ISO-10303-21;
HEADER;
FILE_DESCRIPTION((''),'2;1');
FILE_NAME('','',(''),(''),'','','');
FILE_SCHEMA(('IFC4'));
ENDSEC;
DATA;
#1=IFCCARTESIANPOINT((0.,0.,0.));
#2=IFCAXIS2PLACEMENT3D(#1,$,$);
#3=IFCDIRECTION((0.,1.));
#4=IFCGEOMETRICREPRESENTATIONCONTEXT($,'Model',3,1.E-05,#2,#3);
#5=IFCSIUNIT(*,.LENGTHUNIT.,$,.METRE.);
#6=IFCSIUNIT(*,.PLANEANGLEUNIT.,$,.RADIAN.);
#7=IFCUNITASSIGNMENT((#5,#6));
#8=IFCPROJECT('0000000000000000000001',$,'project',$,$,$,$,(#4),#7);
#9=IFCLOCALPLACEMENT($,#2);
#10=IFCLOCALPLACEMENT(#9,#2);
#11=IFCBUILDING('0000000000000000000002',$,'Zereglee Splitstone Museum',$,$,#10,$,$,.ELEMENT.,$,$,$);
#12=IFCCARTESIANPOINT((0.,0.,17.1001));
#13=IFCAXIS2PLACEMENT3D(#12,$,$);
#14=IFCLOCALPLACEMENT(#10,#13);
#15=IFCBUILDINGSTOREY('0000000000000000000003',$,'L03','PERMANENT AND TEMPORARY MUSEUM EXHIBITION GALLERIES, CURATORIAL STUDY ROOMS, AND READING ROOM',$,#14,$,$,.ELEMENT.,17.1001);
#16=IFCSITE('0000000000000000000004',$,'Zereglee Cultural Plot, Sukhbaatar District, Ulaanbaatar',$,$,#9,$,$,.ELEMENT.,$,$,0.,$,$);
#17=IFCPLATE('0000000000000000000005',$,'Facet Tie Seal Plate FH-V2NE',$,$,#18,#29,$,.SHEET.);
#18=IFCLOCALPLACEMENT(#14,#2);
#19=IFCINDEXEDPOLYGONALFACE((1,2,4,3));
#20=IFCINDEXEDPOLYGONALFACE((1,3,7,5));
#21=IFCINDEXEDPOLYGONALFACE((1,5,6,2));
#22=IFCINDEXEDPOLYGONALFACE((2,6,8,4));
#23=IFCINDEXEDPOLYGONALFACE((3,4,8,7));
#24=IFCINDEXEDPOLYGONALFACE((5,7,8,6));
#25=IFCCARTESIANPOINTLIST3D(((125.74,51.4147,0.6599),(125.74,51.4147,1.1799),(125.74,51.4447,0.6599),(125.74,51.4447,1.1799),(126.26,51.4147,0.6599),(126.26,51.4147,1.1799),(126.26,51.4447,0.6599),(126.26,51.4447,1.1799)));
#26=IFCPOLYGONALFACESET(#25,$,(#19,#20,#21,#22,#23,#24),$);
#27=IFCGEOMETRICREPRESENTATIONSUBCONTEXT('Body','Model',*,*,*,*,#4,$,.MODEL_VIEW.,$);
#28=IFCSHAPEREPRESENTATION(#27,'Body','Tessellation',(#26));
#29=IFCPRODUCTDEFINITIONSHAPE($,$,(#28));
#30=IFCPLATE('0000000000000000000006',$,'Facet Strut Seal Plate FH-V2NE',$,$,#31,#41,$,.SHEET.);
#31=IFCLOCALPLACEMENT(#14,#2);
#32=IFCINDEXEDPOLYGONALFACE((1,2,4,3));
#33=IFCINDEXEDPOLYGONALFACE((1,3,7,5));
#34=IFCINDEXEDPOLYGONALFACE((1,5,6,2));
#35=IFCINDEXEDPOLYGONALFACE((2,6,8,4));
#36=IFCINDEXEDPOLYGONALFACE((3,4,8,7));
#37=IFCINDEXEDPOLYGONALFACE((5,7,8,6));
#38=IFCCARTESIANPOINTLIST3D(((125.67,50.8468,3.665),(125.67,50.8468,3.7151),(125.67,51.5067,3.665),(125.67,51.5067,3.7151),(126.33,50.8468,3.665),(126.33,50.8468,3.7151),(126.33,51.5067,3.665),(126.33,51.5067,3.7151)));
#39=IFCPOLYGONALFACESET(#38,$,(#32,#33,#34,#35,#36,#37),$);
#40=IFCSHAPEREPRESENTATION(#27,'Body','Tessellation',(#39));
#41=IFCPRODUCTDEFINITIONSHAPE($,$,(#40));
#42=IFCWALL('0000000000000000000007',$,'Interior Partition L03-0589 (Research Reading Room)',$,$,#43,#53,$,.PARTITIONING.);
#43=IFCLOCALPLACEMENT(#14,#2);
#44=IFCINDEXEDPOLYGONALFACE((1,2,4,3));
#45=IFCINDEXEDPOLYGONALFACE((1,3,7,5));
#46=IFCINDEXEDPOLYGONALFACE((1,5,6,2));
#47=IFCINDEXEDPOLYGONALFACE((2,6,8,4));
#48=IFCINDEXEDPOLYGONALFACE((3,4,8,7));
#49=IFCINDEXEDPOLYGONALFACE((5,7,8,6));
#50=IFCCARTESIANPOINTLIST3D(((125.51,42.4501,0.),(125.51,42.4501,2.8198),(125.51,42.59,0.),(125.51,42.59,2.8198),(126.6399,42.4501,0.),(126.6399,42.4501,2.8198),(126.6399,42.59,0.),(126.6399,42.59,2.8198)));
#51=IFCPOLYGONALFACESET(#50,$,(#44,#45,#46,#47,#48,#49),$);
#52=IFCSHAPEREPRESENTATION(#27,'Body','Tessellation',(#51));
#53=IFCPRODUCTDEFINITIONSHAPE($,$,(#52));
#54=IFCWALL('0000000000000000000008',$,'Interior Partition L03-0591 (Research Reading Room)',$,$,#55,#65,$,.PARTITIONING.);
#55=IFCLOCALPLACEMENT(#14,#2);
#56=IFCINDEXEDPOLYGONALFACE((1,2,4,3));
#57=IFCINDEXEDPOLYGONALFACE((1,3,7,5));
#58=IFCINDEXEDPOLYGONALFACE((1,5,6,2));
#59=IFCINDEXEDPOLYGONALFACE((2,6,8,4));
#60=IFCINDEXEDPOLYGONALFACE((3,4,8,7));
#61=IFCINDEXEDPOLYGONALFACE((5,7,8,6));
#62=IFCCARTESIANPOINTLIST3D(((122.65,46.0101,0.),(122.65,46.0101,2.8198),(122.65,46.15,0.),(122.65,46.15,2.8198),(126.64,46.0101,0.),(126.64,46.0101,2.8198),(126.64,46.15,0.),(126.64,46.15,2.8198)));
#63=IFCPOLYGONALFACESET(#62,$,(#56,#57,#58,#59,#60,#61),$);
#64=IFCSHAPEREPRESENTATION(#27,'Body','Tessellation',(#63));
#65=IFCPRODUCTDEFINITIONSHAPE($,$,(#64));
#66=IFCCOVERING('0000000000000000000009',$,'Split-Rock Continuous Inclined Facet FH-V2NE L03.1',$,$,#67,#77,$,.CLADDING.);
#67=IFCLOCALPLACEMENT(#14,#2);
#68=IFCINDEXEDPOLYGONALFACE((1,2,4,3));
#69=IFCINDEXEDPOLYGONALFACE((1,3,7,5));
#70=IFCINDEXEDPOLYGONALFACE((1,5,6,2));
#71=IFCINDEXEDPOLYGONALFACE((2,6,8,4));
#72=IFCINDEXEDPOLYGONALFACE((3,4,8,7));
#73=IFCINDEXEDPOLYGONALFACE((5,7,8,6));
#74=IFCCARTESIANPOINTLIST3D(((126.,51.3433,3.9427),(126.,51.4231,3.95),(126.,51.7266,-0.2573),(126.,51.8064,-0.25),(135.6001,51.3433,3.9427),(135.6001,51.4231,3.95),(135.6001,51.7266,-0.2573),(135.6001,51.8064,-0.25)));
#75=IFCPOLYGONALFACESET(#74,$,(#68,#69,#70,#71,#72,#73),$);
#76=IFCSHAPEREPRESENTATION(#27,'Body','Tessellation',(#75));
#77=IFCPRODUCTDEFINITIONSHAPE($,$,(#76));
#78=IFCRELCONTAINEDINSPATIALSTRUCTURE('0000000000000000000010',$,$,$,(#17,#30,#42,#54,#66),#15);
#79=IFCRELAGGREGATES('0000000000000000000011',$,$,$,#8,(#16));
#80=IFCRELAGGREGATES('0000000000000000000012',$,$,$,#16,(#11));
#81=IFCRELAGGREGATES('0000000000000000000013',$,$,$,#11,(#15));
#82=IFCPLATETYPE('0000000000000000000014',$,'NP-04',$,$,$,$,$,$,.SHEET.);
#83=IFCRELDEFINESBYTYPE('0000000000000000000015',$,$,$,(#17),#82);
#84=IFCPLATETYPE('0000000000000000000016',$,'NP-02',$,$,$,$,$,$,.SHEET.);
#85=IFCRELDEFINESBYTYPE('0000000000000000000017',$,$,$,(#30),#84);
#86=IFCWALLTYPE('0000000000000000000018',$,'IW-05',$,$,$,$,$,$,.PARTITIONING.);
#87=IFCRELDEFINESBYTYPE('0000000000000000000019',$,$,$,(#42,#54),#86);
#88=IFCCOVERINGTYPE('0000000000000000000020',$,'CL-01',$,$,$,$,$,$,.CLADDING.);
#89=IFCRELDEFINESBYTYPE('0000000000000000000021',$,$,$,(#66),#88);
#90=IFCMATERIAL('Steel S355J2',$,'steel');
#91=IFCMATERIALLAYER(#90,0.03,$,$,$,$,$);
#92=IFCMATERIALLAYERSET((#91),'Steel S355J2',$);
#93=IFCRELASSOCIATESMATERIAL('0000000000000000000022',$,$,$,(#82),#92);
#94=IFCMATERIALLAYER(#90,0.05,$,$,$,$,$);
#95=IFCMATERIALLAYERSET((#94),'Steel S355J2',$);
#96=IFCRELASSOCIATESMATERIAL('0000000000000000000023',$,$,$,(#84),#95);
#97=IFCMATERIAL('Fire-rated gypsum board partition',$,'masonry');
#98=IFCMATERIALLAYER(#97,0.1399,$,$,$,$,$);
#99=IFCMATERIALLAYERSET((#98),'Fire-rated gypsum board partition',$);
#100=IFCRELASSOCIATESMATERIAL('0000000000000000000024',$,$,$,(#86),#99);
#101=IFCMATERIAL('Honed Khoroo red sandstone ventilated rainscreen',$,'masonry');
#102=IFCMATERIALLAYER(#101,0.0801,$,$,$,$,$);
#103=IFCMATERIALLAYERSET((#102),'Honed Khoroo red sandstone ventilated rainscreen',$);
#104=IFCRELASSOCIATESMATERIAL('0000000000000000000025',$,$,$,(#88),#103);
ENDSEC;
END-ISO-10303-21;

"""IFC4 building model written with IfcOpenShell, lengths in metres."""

from ifc_helpers import new_model, si_unit, direction, frame, frame_2d, origin, origin_2d, place, context, subcontext, project, spatial, polyline, rectangle, outline, extrude, material, layer, layer_set, type_object, element, save


model = new_model("IFC4")

# Units and contexts
model_context = context("Model", 3, precision=1e-05, world=origin(), true_north=direction((0.0, 1.0)))
body_context = subcontext(model_context, "Body", "Model", "MODEL_VIEW")
ifc_project = project(units=[si_unit("LENGTHUNIT", "METRE"), si_unit("PLANEANGLEUNIT", "RADIAN")], contexts=[model_context])

# Site, building, storey
site_placement = place(None, origin())
site = spatial("IfcSite", under=ifc_project, at=site_placement, Name="Zereglee Cultural Plot, Sukhbaatar District, Ulaanbaatar", CompositionType="ELEMENT", RefElevation=0.0)
building_placement = place(site_placement, origin())
building = spatial("IfcBuilding", under=site, at=building_placement, Name="Zereglee Splitstone Museum", CompositionType="ELEMENT")
storey_placement = place(building_placement, frame((0.0, 0.0, 17.1001)))
storey = spatial("IfcBuildingStorey", under=building, at=storey_placement, Name="L03", Description="PERMANENT AND TEMPORARY MUSEUM EXHIBITION GALLERIES, CURATORIAL STUDY ROOMS, AND READING ROOM", CompositionType="ELEMENT", Elevation=17.1001)

# Shared definitions
ifc_material_1 = material(Name="Steel S355J2", Category="steel")

# Plates
ifc_layer_1 = layer(ifc_material_1, 0.03)
ifc_layer_set_1 = layer_set([ifc_layer_1], Name="Steel S355J2")
plate_type_1 = type_object("IfcPlateType", Name="NP-04", PredefinedType="SHEET", material=ifc_layer_set_1)
plate_1_placement = place(storey_placement, frame((126.0, 51.4297, 0.6599), z_axis=(0.0, 0.0, 1.0), x_axis=(1.0, 0.0, 0.0)))
element("IfcPlate", 1, at=plate_1_placement, inside=storey, type_object=plate_type_1, Name="Facet Tie Seal Plate FH-V2NE", PredefinedType="SHEET", context=body_context, shape_type="SweptSolid", body=[
    extrude(rectangle(XDim=0.52, YDim=0.03, at=origin_2d()), origin(), (0.0, 0.0, 1.0), 0.52),
])
ifc_layer_2 = layer(ifc_material_1, 0.05)
ifc_layer_set_2 = layer_set([ifc_layer_2], Name="Steel S355J2")
plate_type_2 = type_object("IfcPlateType", Name="NP-02", PredefinedType="SHEET", material=ifc_layer_set_2)
plate_2_placement = place(storey_placement, frame((126.0, 51.1768, 3.665), z_axis=(0.0, 0.0, 1.0), x_axis=(1.0, 0.0, 0.0)))
element("IfcPlate", 2, at=plate_2_placement, inside=storey, type_object=plate_type_2, Name="Facet Strut Seal Plate FH-V2NE", PredefinedType="SHEET", context=body_context, shape_type="SweptSolid", body=[
    extrude(rectangle(XDim=0.6599, YDim=0.6599, at=origin_2d()), origin(), (0.0, 0.0, 1.0), 0.05),
])

# Walls
ifc_material_2 = material(Name="Fire-rated gypsum board partition", Category="masonry")
ifc_layer_3 = layer(ifc_material_2, 0.1399)
ifc_layer_set_3 = layer_set([ifc_layer_3], Name="Fire-rated gypsum board partition")
wall_type_1 = type_object("IfcWallType", Name="IW-05", PredefinedType="PARTITIONING", material=ifc_layer_set_3)
wall_1_placement = place(storey_placement, frame((125.51, 42.52, 0.0), z_axis=(0.0, 0.0, 1.0), x_axis=(1.0, 0.0, 0.0)))
element("IfcWall", 3, at=wall_1_placement, inside=storey, type_object=wall_type_1, Name="Interior Partition L03-0589 (Research Reading Room)", PredefinedType="PARTITIONING", context=body_context, shape_type="SweptSolid", body=[
    extrude(rectangle(XDim=1.1299, YDim=0.1399, at=frame_2d((0.5649, 0.0))), origin(), (0.0, 0.0, 1.0), 2.8198),
])
wall_2_placement = place(storey_placement, frame((122.6499, 46.0801, 0.0), z_axis=(0.0, 0.0, 1.0), x_axis=(1.0, 0.0, 0.0)))
element("IfcWall", 4, at=wall_2_placement, inside=storey, type_object=wall_type_1, Name="Interior Partition L03-0591 (Research Reading Room)", PredefinedType="PARTITIONING", context=body_context, shape_type="SweptSolid", body=[
    extrude(rectangle(XDim=3.99, YDim=0.1399, at=frame_2d((1.9951, 0.0))), origin(), (0.0, 0.0, 1.0), 2.8198),
])

# Covering
ifc_material_3 = material(Name="Honed Khoroo red sandstone ventilated rainscreen", Category="masonry")
ifc_layer_4 = layer(ifc_material_3, 0.0801)
ifc_layer_set_4 = layer_set([ifc_layer_4], Name="Honed Khoroo red sandstone ventilated rainscreen")
covering_type = type_object("IfcCoveringType", Name="CL-01", PredefinedType="CLADDING", material=ifc_layer_set_4)
covering_placement = place(storey_placement, frame((126.0, 51.4231, 3.95), z_axis=(0.0, 0.995861, 0.090885), x_axis=(1.0, 0.0, 0.0)))
element("IfcCovering", 5, at=covering_placement, inside=storey, type_object=covering_type, Name="Split-Rock Continuous Inclined Facet FH-V2NE L03.1", PredefinedType="CLADDING", context=body_context, shape_type="SweptSolid", body=[
    extrude(outline(polyline([(0.0, 0.0), (9.6001, 0.0), (9.6001, 4.2174), (0.0, 4.2174), (0.0, 0.0)])), origin(), (0.0, 0.0, -1.0), 0.0801),
])

save(model, "model.ifc")
